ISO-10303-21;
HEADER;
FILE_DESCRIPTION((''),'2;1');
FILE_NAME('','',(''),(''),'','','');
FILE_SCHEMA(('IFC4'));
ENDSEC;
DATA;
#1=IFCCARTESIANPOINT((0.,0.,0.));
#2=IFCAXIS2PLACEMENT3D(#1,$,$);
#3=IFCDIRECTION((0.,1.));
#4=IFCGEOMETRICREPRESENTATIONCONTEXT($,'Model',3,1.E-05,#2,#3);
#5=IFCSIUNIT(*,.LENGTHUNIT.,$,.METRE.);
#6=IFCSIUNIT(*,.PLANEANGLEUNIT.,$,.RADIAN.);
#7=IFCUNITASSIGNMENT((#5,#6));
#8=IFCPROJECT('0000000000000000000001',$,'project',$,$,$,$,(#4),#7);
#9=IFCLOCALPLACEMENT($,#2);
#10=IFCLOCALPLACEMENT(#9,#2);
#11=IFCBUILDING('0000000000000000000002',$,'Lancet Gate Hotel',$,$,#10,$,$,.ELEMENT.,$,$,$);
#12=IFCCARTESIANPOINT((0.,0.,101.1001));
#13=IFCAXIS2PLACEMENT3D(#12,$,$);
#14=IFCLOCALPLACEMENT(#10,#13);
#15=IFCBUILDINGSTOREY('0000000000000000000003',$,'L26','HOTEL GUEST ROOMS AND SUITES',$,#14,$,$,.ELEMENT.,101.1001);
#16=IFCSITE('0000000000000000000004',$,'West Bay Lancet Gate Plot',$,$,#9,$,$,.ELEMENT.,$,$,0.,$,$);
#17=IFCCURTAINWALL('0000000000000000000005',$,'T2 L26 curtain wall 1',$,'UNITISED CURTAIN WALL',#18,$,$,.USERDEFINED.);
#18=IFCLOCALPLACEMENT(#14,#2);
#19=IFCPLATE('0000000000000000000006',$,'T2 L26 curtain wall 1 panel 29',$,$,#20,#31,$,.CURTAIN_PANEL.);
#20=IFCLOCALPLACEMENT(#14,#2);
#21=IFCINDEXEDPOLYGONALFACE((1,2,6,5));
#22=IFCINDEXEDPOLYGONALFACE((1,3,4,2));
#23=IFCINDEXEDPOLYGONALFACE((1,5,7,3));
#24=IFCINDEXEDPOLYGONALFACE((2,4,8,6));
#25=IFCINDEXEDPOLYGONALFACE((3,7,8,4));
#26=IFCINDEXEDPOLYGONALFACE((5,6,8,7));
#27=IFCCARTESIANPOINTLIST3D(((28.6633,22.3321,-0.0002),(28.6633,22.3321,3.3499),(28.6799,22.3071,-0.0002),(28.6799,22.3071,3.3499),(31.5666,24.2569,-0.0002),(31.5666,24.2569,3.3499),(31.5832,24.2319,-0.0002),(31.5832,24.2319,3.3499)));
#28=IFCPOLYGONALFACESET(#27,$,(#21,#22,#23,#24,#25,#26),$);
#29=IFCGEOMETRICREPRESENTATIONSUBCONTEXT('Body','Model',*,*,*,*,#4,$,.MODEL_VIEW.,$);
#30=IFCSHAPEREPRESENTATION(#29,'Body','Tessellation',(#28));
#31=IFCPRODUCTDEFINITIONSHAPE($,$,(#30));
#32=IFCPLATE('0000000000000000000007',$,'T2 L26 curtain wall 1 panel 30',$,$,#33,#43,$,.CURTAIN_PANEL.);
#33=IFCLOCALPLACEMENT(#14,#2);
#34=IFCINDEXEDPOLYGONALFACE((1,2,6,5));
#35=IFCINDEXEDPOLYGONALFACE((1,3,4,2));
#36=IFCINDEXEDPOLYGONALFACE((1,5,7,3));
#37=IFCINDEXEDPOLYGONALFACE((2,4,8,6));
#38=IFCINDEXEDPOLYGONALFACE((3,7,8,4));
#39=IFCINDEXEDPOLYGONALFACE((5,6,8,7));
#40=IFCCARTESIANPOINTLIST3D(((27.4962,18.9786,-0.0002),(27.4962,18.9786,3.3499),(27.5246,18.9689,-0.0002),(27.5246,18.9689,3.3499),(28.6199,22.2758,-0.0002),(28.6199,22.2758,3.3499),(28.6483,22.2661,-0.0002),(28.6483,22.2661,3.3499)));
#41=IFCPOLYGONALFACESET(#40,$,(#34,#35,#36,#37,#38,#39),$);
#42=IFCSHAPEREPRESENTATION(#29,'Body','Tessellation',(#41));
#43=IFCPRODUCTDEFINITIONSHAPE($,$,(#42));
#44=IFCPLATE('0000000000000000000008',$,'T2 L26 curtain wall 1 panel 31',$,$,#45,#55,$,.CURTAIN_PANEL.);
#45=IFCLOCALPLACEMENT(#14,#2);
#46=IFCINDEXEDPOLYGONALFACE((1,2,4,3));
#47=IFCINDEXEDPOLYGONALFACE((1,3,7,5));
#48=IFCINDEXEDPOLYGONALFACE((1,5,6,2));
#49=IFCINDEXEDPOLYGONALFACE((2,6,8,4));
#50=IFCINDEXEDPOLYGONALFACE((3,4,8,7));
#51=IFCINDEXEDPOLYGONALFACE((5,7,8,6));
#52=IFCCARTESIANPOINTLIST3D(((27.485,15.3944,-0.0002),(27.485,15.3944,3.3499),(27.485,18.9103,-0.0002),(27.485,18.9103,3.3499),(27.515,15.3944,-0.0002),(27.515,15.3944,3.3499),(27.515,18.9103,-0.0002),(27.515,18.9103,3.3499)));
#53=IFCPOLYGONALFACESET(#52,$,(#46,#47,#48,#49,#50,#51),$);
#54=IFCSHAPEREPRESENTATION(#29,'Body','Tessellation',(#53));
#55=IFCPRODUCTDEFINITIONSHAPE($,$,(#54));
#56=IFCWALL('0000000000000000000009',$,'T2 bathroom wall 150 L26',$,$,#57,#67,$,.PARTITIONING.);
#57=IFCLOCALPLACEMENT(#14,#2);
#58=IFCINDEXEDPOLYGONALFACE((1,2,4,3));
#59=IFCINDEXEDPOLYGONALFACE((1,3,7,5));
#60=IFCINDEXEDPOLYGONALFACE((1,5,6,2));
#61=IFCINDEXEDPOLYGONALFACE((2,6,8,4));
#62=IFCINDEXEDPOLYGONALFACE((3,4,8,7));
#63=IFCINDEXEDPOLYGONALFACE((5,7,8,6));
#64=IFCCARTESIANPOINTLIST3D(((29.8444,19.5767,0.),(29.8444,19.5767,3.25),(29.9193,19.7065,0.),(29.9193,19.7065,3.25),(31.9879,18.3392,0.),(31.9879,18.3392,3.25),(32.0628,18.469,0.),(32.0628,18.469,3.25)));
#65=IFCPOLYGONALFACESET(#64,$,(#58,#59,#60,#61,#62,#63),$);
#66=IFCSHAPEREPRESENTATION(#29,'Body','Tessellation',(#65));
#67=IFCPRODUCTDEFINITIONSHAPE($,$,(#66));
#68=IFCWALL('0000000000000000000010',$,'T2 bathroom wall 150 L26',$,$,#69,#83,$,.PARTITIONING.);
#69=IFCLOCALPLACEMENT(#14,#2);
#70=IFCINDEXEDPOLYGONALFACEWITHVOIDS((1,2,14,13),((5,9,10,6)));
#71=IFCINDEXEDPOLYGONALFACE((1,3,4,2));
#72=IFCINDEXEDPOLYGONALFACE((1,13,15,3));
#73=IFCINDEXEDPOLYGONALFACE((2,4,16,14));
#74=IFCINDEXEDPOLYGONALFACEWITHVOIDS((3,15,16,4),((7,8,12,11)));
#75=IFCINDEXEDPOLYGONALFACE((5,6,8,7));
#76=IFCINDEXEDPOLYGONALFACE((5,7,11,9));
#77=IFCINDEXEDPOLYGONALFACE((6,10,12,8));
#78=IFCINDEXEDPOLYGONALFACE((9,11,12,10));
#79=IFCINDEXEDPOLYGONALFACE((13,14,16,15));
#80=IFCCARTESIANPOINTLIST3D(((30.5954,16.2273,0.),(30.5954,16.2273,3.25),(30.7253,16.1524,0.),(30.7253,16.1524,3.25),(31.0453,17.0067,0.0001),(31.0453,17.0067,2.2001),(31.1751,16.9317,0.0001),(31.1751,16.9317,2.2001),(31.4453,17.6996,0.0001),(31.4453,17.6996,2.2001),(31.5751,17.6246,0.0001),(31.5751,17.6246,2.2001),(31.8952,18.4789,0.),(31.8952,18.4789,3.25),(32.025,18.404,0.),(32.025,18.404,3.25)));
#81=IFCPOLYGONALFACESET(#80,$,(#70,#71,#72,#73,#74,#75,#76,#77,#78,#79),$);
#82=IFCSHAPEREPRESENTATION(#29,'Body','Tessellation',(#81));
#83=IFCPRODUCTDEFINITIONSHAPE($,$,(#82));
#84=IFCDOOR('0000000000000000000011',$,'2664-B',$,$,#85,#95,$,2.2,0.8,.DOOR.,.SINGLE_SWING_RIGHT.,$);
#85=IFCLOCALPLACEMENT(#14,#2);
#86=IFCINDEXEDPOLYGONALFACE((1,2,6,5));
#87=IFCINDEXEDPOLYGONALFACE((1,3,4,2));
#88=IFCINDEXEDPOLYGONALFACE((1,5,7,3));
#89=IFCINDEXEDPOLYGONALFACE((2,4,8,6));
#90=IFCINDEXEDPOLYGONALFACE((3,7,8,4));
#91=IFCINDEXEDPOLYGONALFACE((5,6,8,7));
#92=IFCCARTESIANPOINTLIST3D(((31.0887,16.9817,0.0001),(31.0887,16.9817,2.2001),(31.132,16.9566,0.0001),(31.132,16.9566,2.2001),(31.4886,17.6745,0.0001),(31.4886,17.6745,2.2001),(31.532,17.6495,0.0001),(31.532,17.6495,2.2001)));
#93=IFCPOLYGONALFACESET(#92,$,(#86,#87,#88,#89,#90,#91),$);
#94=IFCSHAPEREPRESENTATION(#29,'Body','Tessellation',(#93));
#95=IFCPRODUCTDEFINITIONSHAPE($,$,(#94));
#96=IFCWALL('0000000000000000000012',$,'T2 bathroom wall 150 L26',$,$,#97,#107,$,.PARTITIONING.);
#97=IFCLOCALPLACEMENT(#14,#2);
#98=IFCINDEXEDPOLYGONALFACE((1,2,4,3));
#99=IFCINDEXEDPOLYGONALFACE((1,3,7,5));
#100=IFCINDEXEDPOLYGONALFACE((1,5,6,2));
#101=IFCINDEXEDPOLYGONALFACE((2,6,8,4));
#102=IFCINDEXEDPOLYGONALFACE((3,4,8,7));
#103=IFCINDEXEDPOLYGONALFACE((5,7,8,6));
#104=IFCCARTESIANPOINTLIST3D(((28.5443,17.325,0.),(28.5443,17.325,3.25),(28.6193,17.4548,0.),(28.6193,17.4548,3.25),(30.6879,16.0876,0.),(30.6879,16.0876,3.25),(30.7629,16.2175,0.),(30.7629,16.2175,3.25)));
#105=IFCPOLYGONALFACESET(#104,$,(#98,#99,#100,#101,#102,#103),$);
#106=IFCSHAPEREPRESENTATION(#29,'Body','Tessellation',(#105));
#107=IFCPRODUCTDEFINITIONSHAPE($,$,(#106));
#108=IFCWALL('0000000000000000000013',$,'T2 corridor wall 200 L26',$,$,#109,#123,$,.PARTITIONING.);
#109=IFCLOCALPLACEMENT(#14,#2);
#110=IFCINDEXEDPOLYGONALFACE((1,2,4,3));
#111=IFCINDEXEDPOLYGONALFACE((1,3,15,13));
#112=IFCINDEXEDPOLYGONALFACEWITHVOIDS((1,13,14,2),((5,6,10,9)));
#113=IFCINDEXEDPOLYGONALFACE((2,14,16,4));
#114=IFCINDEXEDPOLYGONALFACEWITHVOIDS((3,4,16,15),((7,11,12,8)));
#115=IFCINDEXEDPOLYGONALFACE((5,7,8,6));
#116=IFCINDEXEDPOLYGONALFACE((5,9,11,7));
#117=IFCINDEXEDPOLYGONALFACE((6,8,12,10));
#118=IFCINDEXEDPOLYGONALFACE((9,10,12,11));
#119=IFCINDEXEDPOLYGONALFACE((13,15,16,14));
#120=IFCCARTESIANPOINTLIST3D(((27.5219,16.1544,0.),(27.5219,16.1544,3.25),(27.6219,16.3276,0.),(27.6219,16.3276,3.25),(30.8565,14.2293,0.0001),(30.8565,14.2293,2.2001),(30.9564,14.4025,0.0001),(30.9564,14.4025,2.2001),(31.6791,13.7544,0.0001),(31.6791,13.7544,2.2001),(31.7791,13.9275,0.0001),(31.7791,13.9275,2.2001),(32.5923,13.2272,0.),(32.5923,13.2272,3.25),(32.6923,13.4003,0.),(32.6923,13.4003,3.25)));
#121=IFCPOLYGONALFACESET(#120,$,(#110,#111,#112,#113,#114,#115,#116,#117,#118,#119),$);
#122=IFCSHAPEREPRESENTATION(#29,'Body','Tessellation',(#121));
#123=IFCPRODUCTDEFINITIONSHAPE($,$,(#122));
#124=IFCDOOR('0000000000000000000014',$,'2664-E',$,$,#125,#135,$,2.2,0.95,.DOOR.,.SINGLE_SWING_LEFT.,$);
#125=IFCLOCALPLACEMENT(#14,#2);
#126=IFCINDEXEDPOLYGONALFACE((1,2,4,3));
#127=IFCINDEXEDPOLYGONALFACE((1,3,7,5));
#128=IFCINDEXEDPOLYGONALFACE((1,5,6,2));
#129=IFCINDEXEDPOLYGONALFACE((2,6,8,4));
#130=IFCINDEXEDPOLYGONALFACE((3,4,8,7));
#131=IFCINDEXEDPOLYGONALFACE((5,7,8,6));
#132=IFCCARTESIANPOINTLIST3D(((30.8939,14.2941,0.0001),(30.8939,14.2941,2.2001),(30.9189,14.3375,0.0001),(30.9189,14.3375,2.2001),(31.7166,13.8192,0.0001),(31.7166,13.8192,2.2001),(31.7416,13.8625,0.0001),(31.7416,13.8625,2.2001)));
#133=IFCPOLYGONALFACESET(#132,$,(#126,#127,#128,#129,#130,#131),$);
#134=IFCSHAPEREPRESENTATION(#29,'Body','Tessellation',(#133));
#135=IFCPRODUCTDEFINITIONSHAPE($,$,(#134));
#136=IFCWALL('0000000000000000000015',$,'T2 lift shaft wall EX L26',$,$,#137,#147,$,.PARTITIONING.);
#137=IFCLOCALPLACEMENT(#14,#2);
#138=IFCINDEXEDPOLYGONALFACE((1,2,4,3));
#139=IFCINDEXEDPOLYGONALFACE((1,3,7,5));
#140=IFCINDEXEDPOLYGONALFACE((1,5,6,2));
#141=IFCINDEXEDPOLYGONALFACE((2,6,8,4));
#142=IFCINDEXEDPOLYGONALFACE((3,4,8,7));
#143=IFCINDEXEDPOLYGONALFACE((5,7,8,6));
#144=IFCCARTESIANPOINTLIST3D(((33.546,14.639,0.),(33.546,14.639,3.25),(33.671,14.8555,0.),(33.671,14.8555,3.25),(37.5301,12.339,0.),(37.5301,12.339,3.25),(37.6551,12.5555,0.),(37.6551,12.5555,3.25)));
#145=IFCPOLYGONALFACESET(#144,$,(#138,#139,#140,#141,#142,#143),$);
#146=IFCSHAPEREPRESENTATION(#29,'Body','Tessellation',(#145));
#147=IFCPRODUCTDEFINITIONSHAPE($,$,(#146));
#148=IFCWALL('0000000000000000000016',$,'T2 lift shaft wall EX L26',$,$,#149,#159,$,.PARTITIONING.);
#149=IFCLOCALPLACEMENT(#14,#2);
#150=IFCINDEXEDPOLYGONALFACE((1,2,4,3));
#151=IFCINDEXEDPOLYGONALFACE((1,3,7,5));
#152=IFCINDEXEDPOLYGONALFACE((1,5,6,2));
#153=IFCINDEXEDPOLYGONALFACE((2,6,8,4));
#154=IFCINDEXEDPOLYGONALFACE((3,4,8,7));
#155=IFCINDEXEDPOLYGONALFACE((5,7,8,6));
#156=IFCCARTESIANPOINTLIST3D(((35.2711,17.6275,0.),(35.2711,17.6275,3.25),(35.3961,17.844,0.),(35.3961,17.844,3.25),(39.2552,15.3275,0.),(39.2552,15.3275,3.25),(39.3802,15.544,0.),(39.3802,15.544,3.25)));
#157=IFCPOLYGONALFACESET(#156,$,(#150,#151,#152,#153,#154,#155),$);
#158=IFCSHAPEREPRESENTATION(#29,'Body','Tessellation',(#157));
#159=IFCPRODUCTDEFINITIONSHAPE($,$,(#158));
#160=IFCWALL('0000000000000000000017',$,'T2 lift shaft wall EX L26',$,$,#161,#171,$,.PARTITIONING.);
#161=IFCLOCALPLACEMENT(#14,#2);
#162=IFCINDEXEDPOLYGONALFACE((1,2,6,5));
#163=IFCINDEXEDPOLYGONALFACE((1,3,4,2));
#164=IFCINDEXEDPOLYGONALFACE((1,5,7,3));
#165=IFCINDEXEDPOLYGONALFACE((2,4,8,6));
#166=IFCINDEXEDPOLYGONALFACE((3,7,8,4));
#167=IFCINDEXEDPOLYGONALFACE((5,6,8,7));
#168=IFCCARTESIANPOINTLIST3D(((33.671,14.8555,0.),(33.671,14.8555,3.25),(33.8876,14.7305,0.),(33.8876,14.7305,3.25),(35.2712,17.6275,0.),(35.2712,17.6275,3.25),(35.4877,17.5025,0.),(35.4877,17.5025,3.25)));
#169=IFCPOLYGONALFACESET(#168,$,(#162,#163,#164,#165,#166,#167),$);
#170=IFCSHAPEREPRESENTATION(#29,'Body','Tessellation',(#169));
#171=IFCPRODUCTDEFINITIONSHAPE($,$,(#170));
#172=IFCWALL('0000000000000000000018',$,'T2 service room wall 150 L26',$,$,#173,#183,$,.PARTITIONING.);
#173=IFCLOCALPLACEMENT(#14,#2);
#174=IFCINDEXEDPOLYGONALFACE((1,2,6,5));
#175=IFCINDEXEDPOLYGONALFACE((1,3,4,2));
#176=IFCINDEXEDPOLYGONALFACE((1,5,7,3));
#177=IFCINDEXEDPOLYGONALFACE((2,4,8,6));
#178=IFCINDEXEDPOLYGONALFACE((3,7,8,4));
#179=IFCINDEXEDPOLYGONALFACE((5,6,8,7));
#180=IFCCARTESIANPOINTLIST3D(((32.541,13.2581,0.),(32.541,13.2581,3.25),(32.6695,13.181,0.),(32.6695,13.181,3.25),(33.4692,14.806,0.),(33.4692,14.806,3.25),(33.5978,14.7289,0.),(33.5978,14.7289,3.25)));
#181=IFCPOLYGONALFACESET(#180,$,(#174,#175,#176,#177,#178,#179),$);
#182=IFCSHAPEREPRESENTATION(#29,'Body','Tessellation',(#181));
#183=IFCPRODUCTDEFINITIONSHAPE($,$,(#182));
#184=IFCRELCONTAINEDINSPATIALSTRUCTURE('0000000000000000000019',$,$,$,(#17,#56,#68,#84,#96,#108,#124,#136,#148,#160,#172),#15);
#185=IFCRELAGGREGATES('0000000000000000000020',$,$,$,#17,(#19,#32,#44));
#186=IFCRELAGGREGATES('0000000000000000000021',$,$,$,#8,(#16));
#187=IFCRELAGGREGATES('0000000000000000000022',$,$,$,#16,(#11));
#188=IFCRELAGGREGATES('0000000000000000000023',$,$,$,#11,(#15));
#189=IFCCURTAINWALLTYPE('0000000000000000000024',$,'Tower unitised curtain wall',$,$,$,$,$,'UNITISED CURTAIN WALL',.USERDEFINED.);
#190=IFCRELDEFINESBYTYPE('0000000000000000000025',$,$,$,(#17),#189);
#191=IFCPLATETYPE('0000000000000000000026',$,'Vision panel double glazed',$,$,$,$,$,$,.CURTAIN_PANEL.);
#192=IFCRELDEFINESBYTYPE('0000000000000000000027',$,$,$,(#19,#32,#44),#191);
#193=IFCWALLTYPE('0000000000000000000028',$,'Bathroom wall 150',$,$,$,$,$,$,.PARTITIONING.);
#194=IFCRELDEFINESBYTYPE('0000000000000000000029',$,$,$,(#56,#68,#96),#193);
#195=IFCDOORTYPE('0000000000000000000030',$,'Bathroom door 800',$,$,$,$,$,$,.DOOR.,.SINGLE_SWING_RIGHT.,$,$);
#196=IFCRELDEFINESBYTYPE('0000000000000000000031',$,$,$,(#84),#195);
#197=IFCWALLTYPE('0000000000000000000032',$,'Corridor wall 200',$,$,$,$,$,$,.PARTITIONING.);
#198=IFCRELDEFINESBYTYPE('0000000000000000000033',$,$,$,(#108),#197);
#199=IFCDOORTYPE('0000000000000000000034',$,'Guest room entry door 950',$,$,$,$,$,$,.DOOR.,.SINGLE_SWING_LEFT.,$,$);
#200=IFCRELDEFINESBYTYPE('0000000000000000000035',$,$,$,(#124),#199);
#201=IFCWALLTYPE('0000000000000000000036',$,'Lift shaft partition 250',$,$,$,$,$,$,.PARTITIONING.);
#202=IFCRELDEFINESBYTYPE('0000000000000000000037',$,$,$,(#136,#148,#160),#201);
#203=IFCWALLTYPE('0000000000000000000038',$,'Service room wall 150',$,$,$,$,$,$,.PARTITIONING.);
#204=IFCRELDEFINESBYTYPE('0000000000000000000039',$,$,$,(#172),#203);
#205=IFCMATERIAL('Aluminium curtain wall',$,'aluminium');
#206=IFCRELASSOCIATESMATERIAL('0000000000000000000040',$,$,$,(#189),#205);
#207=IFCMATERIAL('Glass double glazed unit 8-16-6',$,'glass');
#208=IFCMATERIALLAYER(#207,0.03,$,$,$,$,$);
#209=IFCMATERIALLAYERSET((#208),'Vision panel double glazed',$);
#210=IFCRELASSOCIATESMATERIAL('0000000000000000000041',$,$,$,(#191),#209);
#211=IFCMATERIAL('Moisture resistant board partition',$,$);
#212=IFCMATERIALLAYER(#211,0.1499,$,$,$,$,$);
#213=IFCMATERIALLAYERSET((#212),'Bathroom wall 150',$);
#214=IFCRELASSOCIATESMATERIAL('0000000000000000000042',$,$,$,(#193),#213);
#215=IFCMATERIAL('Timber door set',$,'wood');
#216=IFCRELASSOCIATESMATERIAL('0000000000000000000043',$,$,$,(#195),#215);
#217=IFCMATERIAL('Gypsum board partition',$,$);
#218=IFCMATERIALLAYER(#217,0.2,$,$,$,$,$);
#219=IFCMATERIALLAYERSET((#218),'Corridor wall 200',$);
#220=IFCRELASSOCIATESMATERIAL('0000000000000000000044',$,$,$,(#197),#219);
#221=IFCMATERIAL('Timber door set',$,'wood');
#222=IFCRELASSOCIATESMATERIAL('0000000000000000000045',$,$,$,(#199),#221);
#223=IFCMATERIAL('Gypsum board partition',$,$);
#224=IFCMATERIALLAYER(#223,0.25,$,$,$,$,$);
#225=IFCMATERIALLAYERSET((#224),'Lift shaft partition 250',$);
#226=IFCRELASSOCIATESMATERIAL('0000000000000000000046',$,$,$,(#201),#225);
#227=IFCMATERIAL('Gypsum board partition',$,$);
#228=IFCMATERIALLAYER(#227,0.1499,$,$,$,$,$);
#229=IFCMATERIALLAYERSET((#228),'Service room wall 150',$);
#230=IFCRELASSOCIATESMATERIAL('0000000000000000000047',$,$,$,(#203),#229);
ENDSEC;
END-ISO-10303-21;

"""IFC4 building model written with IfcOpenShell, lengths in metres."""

from ifc_helpers import new_model, si_unit, direction, frame, frame_2d, origin, origin_2d, place, context, subcontext, project, spatial, rectangle, extrude, material, layer, layer_set, type_object, element, fill, aggregate, save


model = new_model("IFC4")

# Units and contexts
model_context = context("Model", 3, precision=1e-05, world=origin(), true_north=direction((0.0, 1.0)))
body_context = subcontext(model_context, "Body", "Model", "MODEL_VIEW")
ifc_project = project(units=[si_unit("LENGTHUNIT", "METRE"), si_unit("PLANEANGLEUNIT", "RADIAN")], contexts=[model_context])

# Site, building, storey
site_placement = place(None, origin())
site = spatial("IfcSite", under=ifc_project, at=site_placement, Name="West Bay Lancet Gate Plot", CompositionType="ELEMENT", RefElevation=0.0)
building_placement = place(site_placement, origin())
building = spatial("IfcBuilding", under=site, at=building_placement, Name="Lancet Gate Hotel", CompositionType="ELEMENT")
storey_placement = place(building_placement, frame((0.0, 0.0, 101.1001)))
storey = spatial("IfcBuildingStorey", under=building, at=storey_placement, Name="L26", Description="HOTEL GUEST ROOMS AND SUITES", CompositionType="ELEMENT", Elevation=101.1001)

# Curtain wall
ifc_material_1 = material(Name="Aluminium curtain wall", Category="aluminium")
curtain_wall_type = type_object("IfcCurtainWallType", Name="Tower unitised curtain wall", ElementType="UNITISED CURTAIN WALL", PredefinedType="USERDEFINED", material=ifc_material_1)
curtain_wall_placement = place(storey_placement, origin())
curtain_wall = element("IfcCurtainWall", 1, at=curtain_wall_placement, inside=storey, type_object=curtain_wall_type, Name="T2 L26 curtain wall 1", ObjectType="UNITISED CURTAIN WALL", PredefinedType="USERDEFINED")

# Plates
ifc_material_2 = material(Name="Glass double glazed unit 8-16-6", Category="glass")
ifc_layer_1 = layer(ifc_material_2, 0.03)
ifc_layer_set_1 = layer_set([ifc_layer_1], Name="Vision panel double glazed")
plate_type = type_object("IfcPlateType", Name="Vision panel double glazed", PredefinedType="CURTAIN_PANEL", material=ifc_layer_set_1)
plate_1_placement = place(storey_placement, frame((30.1233, 23.282, -0.0002), z_axis=(0.0, 0.0, 1.0), x_axis=(-0.833465, -0.552573, 0.0)))
plate_1 = element("IfcPlate", 2, at=plate_1_placement, type_object=plate_type, Name="T2 L26 curtain wall 1 panel 29", PredefinedType="CURTAIN_PANEL", context=body_context, shape_type="SweptSolid", body=[
    extrude(rectangle(XDim=3.4834, YDim=0.03, at=origin_2d()), origin(), (0.0, 0.0, 1.0), 3.3501),
])
plate_2_placement = place(storey_placement, frame((28.0723, 20.6223, -0.0002), z_axis=(0.0, 0.0, 1.0), x_axis=(-0.322576, -0.946544, 0.0)))
plate_2 = element("IfcPlate", 3, at=plate_2_placement, type_object=plate_type, Name="T2 L26 curtain wall 1 panel 30", PredefinedType="CURTAIN_PANEL", context=body_context, shape_type="SweptSolid", body=[
    extrude(rectangle(XDim=3.4834, YDim=0.03, at=origin_2d()), origin(), (0.0, 0.0, 1.0), 3.3501),
])
plate_3_placement = place(storey_placement, frame((27.5, 17.1523, -0.0002), z_axis=(0.0, 0.0, 1.0), x_axis=(0.0, -1.0, 0.0)))
plate_3 = element("IfcPlate", 4, at=plate_3_placement, type_object=plate_type, Name="T2 L26 curtain wall 1 panel 31", PredefinedType="CURTAIN_PANEL", context=body_context, shape_type="SweptSolid", body=[
    extrude(rectangle(XDim=3.5159, YDim=0.03, at=origin_2d()), origin(), (0.0, 0.0, 1.0), 3.3501),
])
aggregate(curtain_wall, [plate_1, plate_2, plate_3])

# Wall
ifc_material_3 = material(Name="Moisture resistant board partition")
ifc_layer_2 = layer(ifc_material_3, 0.1499)
ifc_layer_set_2 = layer_set([ifc_layer_2], Name="Bathroom wall 150")
wall_type_1 = type_object("IfcWallType", Name="Bathroom wall 150", PredefinedType="PARTITIONING", material=ifc_layer_set_2)
wall_1_placement = place(storey_placement, frame((29.8818, 19.6416, 0.0), z_axis=(0.0, 0.0, 1.0), x_axis=(0.866031, -0.49999, 0.0)))
element("IfcWall", 5, at=wall_1_placement, inside=storey, type_object=wall_type_1, Name="T2 bathroom wall 150 L26", PredefinedType="PARTITIONING", context=body_context, shape_type="SweptSolid", body=[
    extrude(rectangle(XDim=2.4751, YDim=0.1499, at=frame_2d((1.2375, 0.0))), origin(), (0.0, 0.0, 1.0), 3.25),
])

# Wall, opening, door
wall_2_placement = place(storey_placement, frame((30.6604, 16.1899, 0.0), z_axis=(0.0, 0.0, 1.0), x_axis=(0.499937, 0.866062, 0.0)))
wall_2 = element("IfcWall", 6, at=wall_2_placement, inside=storey, type_object=wall_type_1, Name="T2 bathroom wall 150 L26", PredefinedType="PARTITIONING", context=body_context, shape_type="SweptSolid", body=[
    extrude(rectangle(XDim=2.5999, YDim=0.1499, at=frame_2d((1.2998, 0.0))), origin(), (0.0, 0.0, 1.0), 3.25),
])
opening_1_placement = place(wall_2_placement, frame((0.8999, 0.0, 0.0)))
opening_1 = element("IfcOpeningElement", 7, at=opening_1_placement, cuts=wall_2, PredefinedType="OPENING", context=body_context, shape_type="SweptSolid", body=[
    extrude(rectangle(XDim=0.8, YDim=2.2, at=frame_2d((0.3999, 1.1001))), frame((0.0, 0.085, 0.0), z_axis=(0.0, -1.0, 0.0), x_axis=(1.0, 0.0, 0.0)), (0.0, 0.0, 1.0), 0.1699),
])
ifc_material_4 = material(Name="Timber door set", Category="wood")
door_type_1 = type_object("IfcDoorType", Name="Bathroom door 800", OperationType="SINGLE_SWING_RIGHT", PredefinedType="DOOR", material=ifc_material_4)
door_1_placement = place(opening_1_placement, origin())
door_1 = element("IfcDoor", 8, at=door_1_placement, inside=storey, type_object=door_type_1, Name="2664-B", OperationType="SINGLE_SWING_RIGHT", OverallHeight=2.2, OverallWidth=0.8, PredefinedType="DOOR", context=body_context, shape_type="SweptSolid", body=[
    extrude(rectangle(XDim=0.8, YDim=2.2, at=frame_2d((0.3999, 1.1001))), frame((0.0, 0.0249, 0.0), z_axis=(0.0, -1.0, 0.0), x_axis=(1.0, 0.0, 0.0)), (0.0, 0.0, 1.0), 0.05),
])
fill(opening_1, door_1)

# Wall
wall_3_placement = place(storey_placement, frame((28.5818, 17.3899, 0.0), z_axis=(0.0, 0.0, 1.0), x_axis=(0.866074, -0.499916, 0.0)))
element("IfcWall", 9, at=wall_3_placement, inside=storey, type_object=wall_type_1, Name="T2 bathroom wall 150 L26", PredefinedType="PARTITIONING", context=body_context, shape_type="SweptSolid", body=[
    extrude(rectangle(XDim=2.4751, YDim=0.1499, at=frame_2d((1.2375, 0.0))), origin(), (0.0, 0.0, 1.0), 3.25),
])

# Wall, opening, door
ifc_material_5 = material(Name="Gypsum board partition")
ifc_layer_3 = layer(ifc_material_5, 0.2)
ifc_layer_set_3 = layer_set([ifc_layer_3], Name="Corridor wall 200")
wall_type_2 = type_object("IfcWallType", Name="Corridor wall 200", PredefinedType="PARTITIONING", material=ifc_layer_set_3)
wall_4_placement = place(storey_placement, frame((27.572, 16.241, 0.0), z_axis=(0.0, 0.0, 1.0), x_axis=(0.866033, -0.499987, 0.0)))
wall_4 = element("IfcWall", 10, at=wall_4_placement, inside=storey, type_object=wall_type_2, Name="T2 corridor wall 200 L26", PredefinedType="PARTITIONING", context=body_context, shape_type="SweptSolid", body=[
    extrude(rectangle(XDim=5.8547, YDim=0.2, at=frame_2d((2.9272, 0.0))), origin(), (0.0, 0.0, 1.0), 3.25),
])
opening_2_placement = place(wall_4_placement, frame((3.8501, 0.0, 0.0)))
opening_2 = element("IfcOpeningElement", 11, at=opening_2_placement, cuts=wall_4, PredefinedType="OPENING", context=body_context, shape_type="SweptSolid", body=[
    extrude(rectangle(XDim=0.95, YDim=2.2, at=frame_2d((0.4751, 1.1001))), frame((0.0, 0.1099, 0.0), z_axis=(0.0, -1.0, 0.0), x_axis=(1.0, 0.0, 0.0)), (0.0, 0.0, 1.0), 0.22),
])
ifc_material_6 = material(Name="Timber door set", Category="wood")
door_type_2 = type_object("IfcDoorType", Name="Guest room entry door 950", OperationType="SINGLE_SWING_LEFT", PredefinedType="DOOR", material=ifc_material_6)
door_2_placement = place(opening_2_placement, origin())
door_2 = element("IfcDoor", 12, at=door_2_placement, inside=storey, type_object=door_type_2, Name="2664-E", OperationType="SINGLE_SWING_LEFT", OverallHeight=2.2, OverallWidth=0.95, PredefinedType="DOOR", context=body_context, shape_type="SweptSolid", body=[
    extrude(rectangle(XDim=0.95, YDim=2.2, at=frame_2d((0.4751, 1.1001))), frame((0.0, 0.0249, 0.0), z_axis=(0.0, -1.0, 0.0), x_axis=(1.0, 0.0, 0.0)), (0.0, 0.0, 1.0), 0.05),
])
fill(opening_2, door_2)

# Walls
ifc_material_7 = material(Name="Gypsum board partition")
ifc_layer_4 = layer(ifc_material_7, 0.25)
ifc_layer_set_4 = layer_set([ifc_layer_4], Name="Lift shaft partition 250")
wall_type_3 = type_object("IfcWallType", Name="Lift shaft partition 250", PredefinedType="PARTITIONING", material=ifc_layer_set_4)
for number, where, z_axis, x_axis, name in (
    (13, (33.6084, 14.7473, 0.0), (0.0, 0.0, 1.0), (0.866043, -0.499969, 0.0), "T2 lift shaft wall EX L26"),
    (14, (35.3335, 17.7358, 0.0), (0.0, 0.0, 1.0), (0.866043, -0.499969, 0.0), "T2 lift shaft wall EX L26"),
):
    element("IfcWall", number, at=place(storey_placement, frame(where, z_axis=z_axis, x_axis=x_axis)), inside=storey, type_object=wall_type_3, Name=name, PredefinedType="PARTITIONING", context=body_context, shape_type="SweptSolid", body=[
        extrude(rectangle(XDim=4.6003, YDim=0.25, at=frame_2d((2.3003, 0.0))), origin(), (0.0, 0.0, 1.0), 3.25),
    ])
wall_5_placement = place(storey_placement, frame((33.7793, 14.793, 0.0), z_axis=(0.0, 0.0, 1.0), x_axis=(0.499929, 0.866066, 0.0)))
element("IfcWall", 15, at=wall_5_placement, inside=storey, type_object=wall_type_3, Name="T2 lift shaft wall EX L26", PredefinedType="PARTITIONING", context=body_context, shape_type="SweptSolid", body=[
    extrude(rectangle(XDim=3.2007, YDim=0.25, at=frame_2d((1.6003, 0.0))), origin(), (0.0, 0.0, 1.0), 3.25),
])
ifc_material_8 = material(Name="Gypsum board partition")
ifc_layer_5 = layer(ifc_material_8, 0.1499)
ifc_layer_set_5 = layer_set([ifc_layer_5], Name="Service room wall 150")
wall_type_4 = type_object("IfcWallType", Name="Service room wall 150", PredefinedType="PARTITIONING", material=ifc_layer_set_5)
wall_6_placement = place(storey_placement, frame((33.5334, 14.7673, 0.0), z_axis=(0.0, 0.0, 1.0), x_axis=(-0.514297, -0.857612, 0.0)))
element("IfcWall", 16, at=wall_6_placement, inside=storey, type_object=wall_type_4, Name="T2 service room wall 150 L26", PredefinedType="PARTITIONING", context=body_context, shape_type="SweptSolid", body=[
    extrude(rectangle(XDim=1.8049, YDim=0.1499, at=frame_2d((0.9023, 0.0))), origin(), (0.0, 0.0, 1.0), 3.25),
])

save(model, "model.ifc")
